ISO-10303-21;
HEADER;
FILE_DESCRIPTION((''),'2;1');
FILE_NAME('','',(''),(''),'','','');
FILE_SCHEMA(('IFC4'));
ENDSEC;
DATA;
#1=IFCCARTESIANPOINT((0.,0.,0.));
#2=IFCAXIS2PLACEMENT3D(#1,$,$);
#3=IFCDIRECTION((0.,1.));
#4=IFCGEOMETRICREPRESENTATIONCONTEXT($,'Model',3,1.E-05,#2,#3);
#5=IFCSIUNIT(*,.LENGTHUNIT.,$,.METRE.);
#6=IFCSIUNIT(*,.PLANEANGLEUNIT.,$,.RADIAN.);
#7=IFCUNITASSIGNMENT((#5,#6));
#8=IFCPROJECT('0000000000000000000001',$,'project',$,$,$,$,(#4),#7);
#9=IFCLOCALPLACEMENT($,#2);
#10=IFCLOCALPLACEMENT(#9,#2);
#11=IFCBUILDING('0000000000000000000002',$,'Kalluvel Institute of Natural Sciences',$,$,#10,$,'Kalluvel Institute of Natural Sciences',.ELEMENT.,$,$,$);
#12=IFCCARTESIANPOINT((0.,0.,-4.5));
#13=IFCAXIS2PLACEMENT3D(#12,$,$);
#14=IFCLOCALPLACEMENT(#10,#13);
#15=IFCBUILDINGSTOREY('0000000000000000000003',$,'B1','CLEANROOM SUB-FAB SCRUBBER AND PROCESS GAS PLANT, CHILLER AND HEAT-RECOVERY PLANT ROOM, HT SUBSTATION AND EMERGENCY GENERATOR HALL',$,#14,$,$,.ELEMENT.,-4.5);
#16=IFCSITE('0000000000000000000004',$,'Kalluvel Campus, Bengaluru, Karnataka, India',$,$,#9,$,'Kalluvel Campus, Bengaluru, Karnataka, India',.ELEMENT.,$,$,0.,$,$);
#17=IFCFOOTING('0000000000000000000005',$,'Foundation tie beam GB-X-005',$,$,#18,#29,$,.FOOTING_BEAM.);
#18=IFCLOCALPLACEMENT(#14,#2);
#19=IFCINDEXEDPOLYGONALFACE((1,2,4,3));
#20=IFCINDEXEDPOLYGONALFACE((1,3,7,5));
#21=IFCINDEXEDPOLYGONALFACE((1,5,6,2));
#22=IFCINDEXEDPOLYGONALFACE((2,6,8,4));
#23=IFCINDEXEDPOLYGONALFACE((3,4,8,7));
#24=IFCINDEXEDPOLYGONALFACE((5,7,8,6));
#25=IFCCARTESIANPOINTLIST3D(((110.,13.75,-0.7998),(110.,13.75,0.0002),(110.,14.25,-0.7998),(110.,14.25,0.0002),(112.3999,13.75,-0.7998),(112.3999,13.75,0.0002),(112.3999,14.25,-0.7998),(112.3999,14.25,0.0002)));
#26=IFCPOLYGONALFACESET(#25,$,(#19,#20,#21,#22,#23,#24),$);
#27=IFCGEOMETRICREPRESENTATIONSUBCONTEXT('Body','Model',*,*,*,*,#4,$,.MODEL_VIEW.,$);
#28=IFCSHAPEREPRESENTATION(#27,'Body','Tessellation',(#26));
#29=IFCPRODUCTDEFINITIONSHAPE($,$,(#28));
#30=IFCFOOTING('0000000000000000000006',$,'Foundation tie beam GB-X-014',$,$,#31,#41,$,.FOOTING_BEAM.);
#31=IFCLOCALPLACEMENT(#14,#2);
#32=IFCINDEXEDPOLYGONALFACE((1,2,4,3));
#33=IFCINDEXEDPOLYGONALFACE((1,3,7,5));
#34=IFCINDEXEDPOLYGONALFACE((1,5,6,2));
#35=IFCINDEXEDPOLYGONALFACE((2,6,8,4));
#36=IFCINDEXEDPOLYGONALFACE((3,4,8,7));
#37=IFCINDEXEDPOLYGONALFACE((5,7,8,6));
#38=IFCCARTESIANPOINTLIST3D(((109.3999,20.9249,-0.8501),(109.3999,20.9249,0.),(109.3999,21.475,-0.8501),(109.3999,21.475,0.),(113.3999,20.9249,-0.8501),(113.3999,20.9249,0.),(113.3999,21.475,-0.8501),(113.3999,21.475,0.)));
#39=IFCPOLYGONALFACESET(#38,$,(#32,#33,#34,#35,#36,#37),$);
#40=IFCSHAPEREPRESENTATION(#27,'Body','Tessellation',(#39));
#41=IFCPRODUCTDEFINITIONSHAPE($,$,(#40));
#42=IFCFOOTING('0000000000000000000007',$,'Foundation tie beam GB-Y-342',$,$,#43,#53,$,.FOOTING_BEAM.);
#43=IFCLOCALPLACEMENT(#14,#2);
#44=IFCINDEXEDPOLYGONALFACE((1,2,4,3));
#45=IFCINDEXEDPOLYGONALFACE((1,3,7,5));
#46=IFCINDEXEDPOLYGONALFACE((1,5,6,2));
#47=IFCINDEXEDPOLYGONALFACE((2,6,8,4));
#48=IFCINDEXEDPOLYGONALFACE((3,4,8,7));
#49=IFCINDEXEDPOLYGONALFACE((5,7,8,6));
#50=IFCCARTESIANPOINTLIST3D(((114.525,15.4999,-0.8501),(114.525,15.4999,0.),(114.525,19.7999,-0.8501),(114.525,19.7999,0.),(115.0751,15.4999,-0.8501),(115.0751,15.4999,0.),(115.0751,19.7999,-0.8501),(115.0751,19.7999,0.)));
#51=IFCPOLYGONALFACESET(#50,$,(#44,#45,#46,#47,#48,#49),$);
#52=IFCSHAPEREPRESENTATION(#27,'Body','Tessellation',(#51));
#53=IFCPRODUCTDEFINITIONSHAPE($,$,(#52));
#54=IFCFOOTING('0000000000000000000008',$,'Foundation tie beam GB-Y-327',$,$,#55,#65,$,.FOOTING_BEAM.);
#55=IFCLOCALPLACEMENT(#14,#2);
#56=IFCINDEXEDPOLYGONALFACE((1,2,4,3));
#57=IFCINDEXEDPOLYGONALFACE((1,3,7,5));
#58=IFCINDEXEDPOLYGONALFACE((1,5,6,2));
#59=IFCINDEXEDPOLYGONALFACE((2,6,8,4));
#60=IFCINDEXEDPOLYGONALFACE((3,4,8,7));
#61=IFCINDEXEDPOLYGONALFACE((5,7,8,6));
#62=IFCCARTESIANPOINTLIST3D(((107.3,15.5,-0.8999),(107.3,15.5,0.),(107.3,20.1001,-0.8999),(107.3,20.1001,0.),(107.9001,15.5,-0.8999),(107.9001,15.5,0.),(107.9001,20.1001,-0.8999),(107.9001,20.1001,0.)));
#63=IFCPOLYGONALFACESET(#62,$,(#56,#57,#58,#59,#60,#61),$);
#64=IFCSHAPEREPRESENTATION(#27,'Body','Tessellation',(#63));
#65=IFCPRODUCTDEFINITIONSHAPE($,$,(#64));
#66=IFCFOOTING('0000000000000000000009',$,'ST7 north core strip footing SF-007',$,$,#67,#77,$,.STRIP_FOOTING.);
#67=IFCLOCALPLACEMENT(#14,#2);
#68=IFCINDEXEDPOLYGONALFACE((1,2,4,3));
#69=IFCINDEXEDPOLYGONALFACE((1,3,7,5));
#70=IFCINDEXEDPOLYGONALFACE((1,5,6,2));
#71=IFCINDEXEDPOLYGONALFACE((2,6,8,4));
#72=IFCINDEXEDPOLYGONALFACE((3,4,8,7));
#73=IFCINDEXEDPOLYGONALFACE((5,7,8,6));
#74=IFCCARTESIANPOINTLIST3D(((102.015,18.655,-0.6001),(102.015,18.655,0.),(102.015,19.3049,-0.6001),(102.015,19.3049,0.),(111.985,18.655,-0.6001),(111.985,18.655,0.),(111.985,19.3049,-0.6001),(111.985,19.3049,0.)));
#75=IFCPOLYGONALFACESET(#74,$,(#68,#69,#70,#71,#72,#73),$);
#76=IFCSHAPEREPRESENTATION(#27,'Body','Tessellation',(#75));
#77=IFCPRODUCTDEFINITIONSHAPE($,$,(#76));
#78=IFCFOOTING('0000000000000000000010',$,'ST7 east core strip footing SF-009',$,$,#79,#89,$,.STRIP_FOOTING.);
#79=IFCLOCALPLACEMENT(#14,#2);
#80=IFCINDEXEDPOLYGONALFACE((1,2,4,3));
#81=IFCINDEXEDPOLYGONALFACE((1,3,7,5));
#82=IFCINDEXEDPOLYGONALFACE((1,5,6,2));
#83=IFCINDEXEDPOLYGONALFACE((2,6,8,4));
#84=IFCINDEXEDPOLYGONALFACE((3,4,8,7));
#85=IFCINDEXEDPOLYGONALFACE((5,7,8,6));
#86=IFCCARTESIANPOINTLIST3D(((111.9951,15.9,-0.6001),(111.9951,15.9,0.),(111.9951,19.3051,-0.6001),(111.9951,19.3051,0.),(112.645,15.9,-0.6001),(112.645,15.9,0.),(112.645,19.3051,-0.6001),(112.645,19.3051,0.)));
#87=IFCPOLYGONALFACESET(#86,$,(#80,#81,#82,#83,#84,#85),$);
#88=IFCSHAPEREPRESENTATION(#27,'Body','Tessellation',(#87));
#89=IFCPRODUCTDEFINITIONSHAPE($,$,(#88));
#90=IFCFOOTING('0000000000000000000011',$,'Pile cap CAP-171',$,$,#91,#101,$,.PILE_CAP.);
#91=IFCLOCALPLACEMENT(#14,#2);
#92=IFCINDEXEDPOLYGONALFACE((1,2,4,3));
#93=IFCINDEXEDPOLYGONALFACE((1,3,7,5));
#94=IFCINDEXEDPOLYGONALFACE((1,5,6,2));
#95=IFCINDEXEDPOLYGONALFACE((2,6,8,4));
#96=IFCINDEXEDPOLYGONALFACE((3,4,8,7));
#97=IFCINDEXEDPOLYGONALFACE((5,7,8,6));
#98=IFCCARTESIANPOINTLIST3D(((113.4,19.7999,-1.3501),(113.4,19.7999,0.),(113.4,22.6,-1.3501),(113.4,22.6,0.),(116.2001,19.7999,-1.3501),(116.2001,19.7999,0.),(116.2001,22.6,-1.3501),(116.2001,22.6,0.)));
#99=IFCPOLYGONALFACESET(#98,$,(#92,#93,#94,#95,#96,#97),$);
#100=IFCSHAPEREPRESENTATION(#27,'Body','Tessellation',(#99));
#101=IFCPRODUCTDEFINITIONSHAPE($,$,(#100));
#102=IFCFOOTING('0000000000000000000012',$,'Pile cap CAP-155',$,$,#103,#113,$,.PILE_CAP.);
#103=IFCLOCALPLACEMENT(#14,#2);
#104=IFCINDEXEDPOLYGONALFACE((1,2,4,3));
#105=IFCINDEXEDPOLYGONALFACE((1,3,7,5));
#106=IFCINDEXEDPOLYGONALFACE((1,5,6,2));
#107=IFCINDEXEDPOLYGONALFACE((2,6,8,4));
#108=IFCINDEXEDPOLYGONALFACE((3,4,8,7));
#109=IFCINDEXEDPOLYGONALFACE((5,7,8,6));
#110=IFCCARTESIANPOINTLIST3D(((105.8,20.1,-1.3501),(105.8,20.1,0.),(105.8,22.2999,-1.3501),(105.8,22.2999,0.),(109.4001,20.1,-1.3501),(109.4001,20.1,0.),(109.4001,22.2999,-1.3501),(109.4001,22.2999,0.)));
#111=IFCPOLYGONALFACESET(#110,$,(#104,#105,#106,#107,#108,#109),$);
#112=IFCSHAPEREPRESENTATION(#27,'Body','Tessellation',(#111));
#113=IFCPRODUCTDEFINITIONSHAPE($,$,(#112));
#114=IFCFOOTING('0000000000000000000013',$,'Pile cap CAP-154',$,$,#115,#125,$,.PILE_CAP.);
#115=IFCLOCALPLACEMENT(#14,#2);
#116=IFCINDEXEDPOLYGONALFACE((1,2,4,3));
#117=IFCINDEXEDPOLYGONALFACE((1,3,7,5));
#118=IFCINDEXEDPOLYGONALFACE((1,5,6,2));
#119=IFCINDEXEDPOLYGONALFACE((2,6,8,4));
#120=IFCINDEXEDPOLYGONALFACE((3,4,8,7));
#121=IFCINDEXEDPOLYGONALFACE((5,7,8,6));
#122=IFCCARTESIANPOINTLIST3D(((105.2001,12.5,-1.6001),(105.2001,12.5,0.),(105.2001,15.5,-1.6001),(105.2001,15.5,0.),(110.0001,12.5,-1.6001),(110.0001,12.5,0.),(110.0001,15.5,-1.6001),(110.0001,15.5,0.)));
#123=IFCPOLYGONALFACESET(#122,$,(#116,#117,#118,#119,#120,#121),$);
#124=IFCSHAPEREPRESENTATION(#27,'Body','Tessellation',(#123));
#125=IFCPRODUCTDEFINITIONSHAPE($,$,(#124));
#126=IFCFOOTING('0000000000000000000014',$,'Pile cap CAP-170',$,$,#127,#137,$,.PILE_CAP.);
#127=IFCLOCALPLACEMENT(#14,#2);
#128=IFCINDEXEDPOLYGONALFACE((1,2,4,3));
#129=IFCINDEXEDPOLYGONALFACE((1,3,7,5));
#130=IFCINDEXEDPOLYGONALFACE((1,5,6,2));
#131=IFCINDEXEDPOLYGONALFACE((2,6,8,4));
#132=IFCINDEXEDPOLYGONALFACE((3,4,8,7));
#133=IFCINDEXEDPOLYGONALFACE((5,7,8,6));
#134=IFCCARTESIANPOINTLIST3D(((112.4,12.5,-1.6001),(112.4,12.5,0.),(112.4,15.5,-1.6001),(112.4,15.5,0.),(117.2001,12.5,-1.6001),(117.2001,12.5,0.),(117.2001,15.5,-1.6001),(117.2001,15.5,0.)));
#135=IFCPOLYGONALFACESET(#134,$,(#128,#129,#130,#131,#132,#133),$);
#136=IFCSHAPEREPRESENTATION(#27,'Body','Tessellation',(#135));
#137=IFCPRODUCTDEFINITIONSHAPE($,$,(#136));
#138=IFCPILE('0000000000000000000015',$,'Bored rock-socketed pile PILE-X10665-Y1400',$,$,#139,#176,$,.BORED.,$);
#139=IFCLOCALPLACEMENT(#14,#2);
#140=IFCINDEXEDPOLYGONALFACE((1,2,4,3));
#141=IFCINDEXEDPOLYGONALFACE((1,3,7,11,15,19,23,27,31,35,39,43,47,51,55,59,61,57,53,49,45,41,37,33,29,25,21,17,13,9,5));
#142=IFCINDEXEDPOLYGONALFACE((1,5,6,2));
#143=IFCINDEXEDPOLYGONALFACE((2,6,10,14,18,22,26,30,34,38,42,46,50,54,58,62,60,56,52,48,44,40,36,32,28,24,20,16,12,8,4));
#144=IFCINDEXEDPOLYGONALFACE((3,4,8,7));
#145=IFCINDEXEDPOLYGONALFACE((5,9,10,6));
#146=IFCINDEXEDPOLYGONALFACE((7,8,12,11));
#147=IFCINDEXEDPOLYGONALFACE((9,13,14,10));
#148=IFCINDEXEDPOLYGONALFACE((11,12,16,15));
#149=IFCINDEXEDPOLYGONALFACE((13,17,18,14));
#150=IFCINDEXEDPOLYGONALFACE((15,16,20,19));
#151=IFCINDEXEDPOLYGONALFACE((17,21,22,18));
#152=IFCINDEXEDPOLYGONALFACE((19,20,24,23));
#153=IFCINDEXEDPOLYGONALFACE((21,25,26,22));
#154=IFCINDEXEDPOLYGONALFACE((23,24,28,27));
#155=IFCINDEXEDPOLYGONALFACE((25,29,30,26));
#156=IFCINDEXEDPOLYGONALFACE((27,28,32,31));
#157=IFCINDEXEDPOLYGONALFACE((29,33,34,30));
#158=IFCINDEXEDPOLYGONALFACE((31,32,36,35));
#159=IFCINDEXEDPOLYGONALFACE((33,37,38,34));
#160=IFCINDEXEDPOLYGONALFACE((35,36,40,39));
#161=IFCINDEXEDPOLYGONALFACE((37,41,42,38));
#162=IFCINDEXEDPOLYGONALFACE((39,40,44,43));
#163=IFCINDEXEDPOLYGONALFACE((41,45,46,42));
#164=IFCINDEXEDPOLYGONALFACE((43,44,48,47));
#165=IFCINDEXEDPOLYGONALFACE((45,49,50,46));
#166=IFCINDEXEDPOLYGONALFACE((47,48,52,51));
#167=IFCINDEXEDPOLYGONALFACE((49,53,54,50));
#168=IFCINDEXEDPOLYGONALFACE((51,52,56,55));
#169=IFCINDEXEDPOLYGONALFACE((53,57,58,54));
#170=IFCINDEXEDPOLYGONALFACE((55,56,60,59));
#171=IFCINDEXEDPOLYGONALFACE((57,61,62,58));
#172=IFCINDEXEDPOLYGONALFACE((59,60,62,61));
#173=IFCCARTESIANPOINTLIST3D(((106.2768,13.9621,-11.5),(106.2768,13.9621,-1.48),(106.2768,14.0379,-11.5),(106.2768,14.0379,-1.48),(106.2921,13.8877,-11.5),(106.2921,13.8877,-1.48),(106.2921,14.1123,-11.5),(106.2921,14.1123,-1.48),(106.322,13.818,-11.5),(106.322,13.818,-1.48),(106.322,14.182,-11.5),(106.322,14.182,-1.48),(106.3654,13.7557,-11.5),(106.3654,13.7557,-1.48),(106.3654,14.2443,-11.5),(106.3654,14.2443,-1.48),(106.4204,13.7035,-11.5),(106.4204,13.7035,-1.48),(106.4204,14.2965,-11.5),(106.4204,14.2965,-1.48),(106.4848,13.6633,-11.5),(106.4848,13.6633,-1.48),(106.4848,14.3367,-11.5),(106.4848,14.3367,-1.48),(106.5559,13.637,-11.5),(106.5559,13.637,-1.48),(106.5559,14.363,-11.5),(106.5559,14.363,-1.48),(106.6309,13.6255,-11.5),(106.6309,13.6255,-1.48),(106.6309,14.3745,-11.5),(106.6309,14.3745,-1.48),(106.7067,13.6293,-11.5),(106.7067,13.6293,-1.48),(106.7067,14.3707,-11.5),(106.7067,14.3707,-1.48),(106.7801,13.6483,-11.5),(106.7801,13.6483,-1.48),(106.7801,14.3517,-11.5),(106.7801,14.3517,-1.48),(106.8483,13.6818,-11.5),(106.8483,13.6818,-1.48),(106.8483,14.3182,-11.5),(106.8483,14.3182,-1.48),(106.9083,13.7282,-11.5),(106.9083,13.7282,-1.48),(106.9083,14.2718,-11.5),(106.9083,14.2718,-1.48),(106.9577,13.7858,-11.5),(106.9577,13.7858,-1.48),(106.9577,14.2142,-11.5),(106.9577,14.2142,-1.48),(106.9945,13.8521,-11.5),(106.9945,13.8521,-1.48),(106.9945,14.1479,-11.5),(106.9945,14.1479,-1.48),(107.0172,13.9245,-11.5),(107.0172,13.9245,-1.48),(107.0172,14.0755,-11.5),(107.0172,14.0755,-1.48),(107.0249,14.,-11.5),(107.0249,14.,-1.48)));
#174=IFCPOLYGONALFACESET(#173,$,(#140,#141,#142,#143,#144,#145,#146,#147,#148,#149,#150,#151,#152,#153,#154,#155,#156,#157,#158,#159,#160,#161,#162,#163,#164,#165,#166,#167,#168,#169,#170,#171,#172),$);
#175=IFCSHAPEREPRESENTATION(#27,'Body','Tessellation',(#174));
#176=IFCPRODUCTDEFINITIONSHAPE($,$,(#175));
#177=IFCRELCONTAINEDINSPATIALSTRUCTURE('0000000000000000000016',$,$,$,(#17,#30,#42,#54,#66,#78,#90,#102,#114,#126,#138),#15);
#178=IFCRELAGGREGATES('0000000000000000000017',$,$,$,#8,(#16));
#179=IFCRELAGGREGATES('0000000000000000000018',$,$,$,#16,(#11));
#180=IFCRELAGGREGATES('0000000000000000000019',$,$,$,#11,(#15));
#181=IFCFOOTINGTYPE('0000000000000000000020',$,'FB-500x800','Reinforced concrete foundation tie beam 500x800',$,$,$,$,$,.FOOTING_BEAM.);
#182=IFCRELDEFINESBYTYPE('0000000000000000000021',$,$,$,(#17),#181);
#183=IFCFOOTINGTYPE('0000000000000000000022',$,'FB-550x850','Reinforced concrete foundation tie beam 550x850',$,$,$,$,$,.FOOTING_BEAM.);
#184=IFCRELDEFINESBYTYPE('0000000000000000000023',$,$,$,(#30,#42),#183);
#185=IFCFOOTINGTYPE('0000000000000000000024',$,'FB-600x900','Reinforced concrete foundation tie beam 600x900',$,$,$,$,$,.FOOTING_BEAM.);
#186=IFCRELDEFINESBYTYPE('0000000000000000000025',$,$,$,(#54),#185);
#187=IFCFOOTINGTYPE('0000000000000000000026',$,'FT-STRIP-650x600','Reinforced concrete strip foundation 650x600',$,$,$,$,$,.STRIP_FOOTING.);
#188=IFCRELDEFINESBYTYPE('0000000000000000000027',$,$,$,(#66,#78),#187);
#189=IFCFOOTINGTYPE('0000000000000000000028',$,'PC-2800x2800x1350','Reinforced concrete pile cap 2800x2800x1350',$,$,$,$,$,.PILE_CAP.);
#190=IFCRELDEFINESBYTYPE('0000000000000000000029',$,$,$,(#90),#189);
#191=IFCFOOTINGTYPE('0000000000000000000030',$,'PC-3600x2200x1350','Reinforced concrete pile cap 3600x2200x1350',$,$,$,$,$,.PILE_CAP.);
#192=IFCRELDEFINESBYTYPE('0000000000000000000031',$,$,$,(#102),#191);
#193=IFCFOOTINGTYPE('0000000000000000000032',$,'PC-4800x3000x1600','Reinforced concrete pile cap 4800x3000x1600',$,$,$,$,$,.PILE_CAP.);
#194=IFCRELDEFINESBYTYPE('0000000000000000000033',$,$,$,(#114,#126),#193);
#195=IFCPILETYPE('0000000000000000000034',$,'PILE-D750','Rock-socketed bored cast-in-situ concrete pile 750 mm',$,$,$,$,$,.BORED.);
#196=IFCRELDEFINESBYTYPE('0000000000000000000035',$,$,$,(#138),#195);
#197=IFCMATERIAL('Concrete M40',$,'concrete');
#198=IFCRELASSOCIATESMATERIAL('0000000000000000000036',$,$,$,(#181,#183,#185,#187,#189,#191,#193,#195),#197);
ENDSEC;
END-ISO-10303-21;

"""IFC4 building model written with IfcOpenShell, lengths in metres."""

from ifc_helpers import new_model, si_unit, direction, frame, origin, origin_2d, place, context, subcontext, project, spatial, rectangle, circle, extrude, material, material_profile, profile_set, type_object, element, save


model = new_model("IFC4")

# Units and contexts
model_context = context("Model", 3, precision=1e-05, world=origin(), true_north=direction((0.0, 1.0)))
body_context = subcontext(model_context, "Body", "Model", "MODEL_VIEW")
ifc_project = project(units=[si_unit("LENGTHUNIT", "METRE"), si_unit("PLANEANGLEUNIT", "RADIAN")], contexts=[model_context])

# Site, building, storey
site_placement = place(None, origin())
site = spatial("IfcSite", under=ifc_project, at=site_placement, Name="Kalluvel Campus, Bengaluru, Karnataka, India", LongName="Kalluvel Campus, Bengaluru, Karnataka, India", CompositionType="ELEMENT", RefElevation=0.0)
building_placement = place(site_placement, origin())
building = spatial("IfcBuilding", under=site, at=building_placement, Name="Kalluvel Institute of Natural Sciences", LongName="Kalluvel Institute of Natural Sciences", CompositionType="ELEMENT")
storey_placement = place(building_placement, frame((0.0, 0.0, -4.5)))
storey = spatial("IfcBuildingStorey", under=building, at=storey_placement, Name="B1", Description="CLEANROOM SUB-FAB SCRUBBER AND PROCESS GAS PLANT, CHILLER AND HEAT-RECOVERY PLANT ROOM, HT SUBSTATION AND EMERGENCY GENERATOR HALL", CompositionType="ELEMENT", Elevation=-4.5)

# Footings
ifc_material_1 = material(Name="Concrete M40", Category="concrete")
footing_type_1 = type_object("IfcFootingType", Name="FB-500x800", Description="Reinforced concrete foundation tie beam 500x800", PredefinedType="FOOTING_BEAM", material=ifc_material_1)
footing_1_placement = place(storey_placement, frame((111.2, 14.0, -0.7998), z_axis=(0.0, 0.0, 1.0), x_axis=(1.0, 0.0, 0.0)))
element("IfcFooting", 1, at=footing_1_placement, inside=storey, type_object=footing_type_1, Name="Foundation tie beam GB-X-005", PredefinedType="FOOTING_BEAM", context=body_context, shape_type="SweptSolid", body=[
    extrude(rectangle(XDim=2.3999, YDim=0.5, at=origin_2d()), origin(), (0.0, 0.0, 1.0), 0.8),
])
footing_type_2 = type_object("IfcFootingType", Name="FB-550x850", Description="Reinforced concrete foundation tie beam 550x850", PredefinedType="FOOTING_BEAM", material=ifc_material_1)
footing_2_placement = place(storey_placement, frame((111.3999, 21.2, -0.8501), z_axis=(0.0, 0.0, 1.0), x_axis=(1.0, 0.0, 0.0)))
element("IfcFooting", 2, at=footing_2_placement, inside=storey, type_object=footing_type_2, Name="Foundation tie beam GB-X-014", PredefinedType="FOOTING_BEAM", context=body_context, shape_type="SweptSolid", body=[
    extrude(rectangle(XDim=4.0, YDim=0.55, at=origin_2d()), origin(), (0.0, 0.0, 1.0), 0.8501),
])
footing_3_placement = place(storey_placement, frame((114.8, 17.6499, -0.8501), z_axis=(0.0, 0.0, 1.0), x_axis=(1.0, 0.0, 0.0)))
element("IfcFooting", 3, at=footing_3_placement, inside=storey, type_object=footing_type_2, Name="Foundation tie beam GB-Y-342", PredefinedType="FOOTING_BEAM", context=body_context, shape_type="SweptSolid", body=[
    extrude(rectangle(XDim=0.55, YDim=4.3, at=origin_2d()), origin(), (0.0, 0.0, 1.0), 0.8501),
])
footing_type_3 = type_object("IfcFootingType", Name="FB-600x900", Description="Reinforced concrete foundation tie beam 600x900", PredefinedType="FOOTING_BEAM", material=ifc_material_1)
footing_4_placement = place(storey_placement, frame((107.6001, 17.8, -0.8999), z_axis=(0.0, 0.0, 1.0), x_axis=(1.0, 0.0, 0.0)))
element("IfcFooting", 4, at=footing_4_placement, inside=storey, type_object=footing_type_3, Name="Foundation tie beam GB-Y-327", PredefinedType="FOOTING_BEAM", context=body_context, shape_type="SweptSolid", body=[
    extrude(rectangle(XDim=0.6001, YDim=4.6001, at=origin_2d()), origin(), (0.0, 0.0, 1.0), 0.8999),
])
footing_type_4 = type_object("IfcFootingType", Name="FT-STRIP-650x600", Description="Reinforced concrete strip foundation 650x600", PredefinedType="STRIP_FOOTING", material=ifc_material_1)
footing_5_placement = place(storey_placement, frame((107.0, 18.98, -0.6001), z_axis=(0.0, 0.0, 1.0), x_axis=(1.0, 0.0, 0.0)))
element("IfcFooting", 5, at=footing_5_placement, inside=storey, type_object=footing_type_4, Name="ST7 north core strip footing SF-007", PredefinedType="STRIP_FOOTING", context=body_context, shape_type="SweptSolid", body=[
    extrude(rectangle(XDim=9.97, YDim=0.6499, at=origin_2d()), origin(), (0.0, 0.0, 1.0), 0.6001),
])
footing_6_placement = place(storey_placement, frame((112.3201, 17.6025, -0.6001), z_axis=(0.0, 0.0, 1.0), x_axis=(1.0, 0.0, 0.0)))
element("IfcFooting", 6, at=footing_6_placement, inside=storey, type_object=footing_type_4, Name="ST7 east core strip footing SF-009", PredefinedType="STRIP_FOOTING", context=body_context, shape_type="SweptSolid", body=[
    extrude(rectangle(XDim=0.6499, YDim=3.405, at=origin_2d()), origin(), (0.0, 0.0, 1.0), 0.6001),
])
footing_type_5 = type_object("IfcFootingType", Name="PC-2800x2800x1350", Description="Reinforced concrete pile cap 2800x2800x1350", PredefinedType="PILE_CAP", material=ifc_material_1)
footing_7_placement = place(storey_placement, frame((114.8, 21.2, -1.3501), z_axis=(0.0, 0.0, 1.0), x_axis=(1.0, 0.0, 0.0)))
element("IfcFooting", 7, at=footing_7_placement, inside=storey, type_object=footing_type_5, Name="Pile cap CAP-171", PredefinedType="PILE_CAP", context=body_context, shape_type="SweptSolid", body=[
    extrude(rectangle(XDim=2.8, YDim=2.8, at=origin_2d()), origin(), (0.0, 0.0, 1.0), 1.3501),
])
footing_type_6 = type_object("IfcFootingType", Name="PC-3600x2200x1350", Description="Reinforced concrete pile cap 3600x2200x1350", PredefinedType="PILE_CAP", material=ifc_material_1)
footing_8_placement = place(storey_placement, frame((107.6001, 21.2, -1.3501), z_axis=(0.0, 0.0, 1.0), x_axis=(1.0, 0.0, 0.0)))
element("IfcFooting", 8, at=footing_8_placement, inside=storey, type_object=footing_type_6, Name="Pile cap CAP-155", PredefinedType="PILE_CAP", context=body_context, shape_type="SweptSolid", body=[
    extrude(rectangle(XDim=3.6001, YDim=2.2, at=origin_2d()), origin(), (0.0, 0.0, 1.0), 1.3501),
])
footing_type_7 = type_object("IfcFootingType", Name="PC-4800x3000x1600", Description="Reinforced concrete pile cap 4800x3000x1600", PredefinedType="PILE_CAP", material=ifc_material_1)
for number, where, z_axis, x_axis, name in (
    (9, (107.6001, 14.0, -1.6001), (0.0, 0.0, 1.0), (1.0, 0.0, 0.0), "Pile cap CAP-154"),
    (10, (114.8, 14.0, -1.6001), (0.0, 0.0, 1.0), (1.0, 0.0, 0.0), "Pile cap CAP-170"),
):
    element("IfcFooting", number, at=place(storey_placement, frame(where, z_axis=z_axis, x_axis=x_axis)), inside=storey, type_object=footing_type_7, Name=name, PredefinedType="PILE_CAP", context=body_context, shape_type="SweptSolid", body=[
        extrude(rectangle(XDim=4.8, YDim=3.0, at=origin_2d()), origin(), (0.0, 0.0, 1.0), 1.6001),
    ])

# Pile
ifc_material_profile_1 = material_profile(ifc_material_1, circle(Radius=0.375, at=origin_2d()), Name="PILE D750")
ifc_profile_set_1 = profile_set([ifc_material_profile_1], Name="Concrete M40")
pile_type_1 = type_object("IfcPileType", Name="PILE-D750", Description="Rock-socketed bored cast-in-situ concrete pile 750 mm", PredefinedType="BORED", material=ifc_profile_set_1)
for number, where, z_axis, x_axis, name in (
    (11, (106.6499, 14.0, -1.48), (0.0, 0.0, -1.0), (1.0, 0.0, 0.0), "Bored rock-socketed pile PILE-X10665-Y1400"),
):
    element("IfcPile", number, at=place(storey_placement, frame(where, z_axis=z_axis, x_axis=x_axis)), inside=storey, type_object=pile_type_1, Name=name, PredefinedType="BORED", context=body_context, shape_type="SweptSolid", body=[
        extrude(circle(Radius=0.375, at=origin_2d()), origin(), (0.0, 0.0, 1.0), 10.02),
    ])

save(model, "model.ifc")
